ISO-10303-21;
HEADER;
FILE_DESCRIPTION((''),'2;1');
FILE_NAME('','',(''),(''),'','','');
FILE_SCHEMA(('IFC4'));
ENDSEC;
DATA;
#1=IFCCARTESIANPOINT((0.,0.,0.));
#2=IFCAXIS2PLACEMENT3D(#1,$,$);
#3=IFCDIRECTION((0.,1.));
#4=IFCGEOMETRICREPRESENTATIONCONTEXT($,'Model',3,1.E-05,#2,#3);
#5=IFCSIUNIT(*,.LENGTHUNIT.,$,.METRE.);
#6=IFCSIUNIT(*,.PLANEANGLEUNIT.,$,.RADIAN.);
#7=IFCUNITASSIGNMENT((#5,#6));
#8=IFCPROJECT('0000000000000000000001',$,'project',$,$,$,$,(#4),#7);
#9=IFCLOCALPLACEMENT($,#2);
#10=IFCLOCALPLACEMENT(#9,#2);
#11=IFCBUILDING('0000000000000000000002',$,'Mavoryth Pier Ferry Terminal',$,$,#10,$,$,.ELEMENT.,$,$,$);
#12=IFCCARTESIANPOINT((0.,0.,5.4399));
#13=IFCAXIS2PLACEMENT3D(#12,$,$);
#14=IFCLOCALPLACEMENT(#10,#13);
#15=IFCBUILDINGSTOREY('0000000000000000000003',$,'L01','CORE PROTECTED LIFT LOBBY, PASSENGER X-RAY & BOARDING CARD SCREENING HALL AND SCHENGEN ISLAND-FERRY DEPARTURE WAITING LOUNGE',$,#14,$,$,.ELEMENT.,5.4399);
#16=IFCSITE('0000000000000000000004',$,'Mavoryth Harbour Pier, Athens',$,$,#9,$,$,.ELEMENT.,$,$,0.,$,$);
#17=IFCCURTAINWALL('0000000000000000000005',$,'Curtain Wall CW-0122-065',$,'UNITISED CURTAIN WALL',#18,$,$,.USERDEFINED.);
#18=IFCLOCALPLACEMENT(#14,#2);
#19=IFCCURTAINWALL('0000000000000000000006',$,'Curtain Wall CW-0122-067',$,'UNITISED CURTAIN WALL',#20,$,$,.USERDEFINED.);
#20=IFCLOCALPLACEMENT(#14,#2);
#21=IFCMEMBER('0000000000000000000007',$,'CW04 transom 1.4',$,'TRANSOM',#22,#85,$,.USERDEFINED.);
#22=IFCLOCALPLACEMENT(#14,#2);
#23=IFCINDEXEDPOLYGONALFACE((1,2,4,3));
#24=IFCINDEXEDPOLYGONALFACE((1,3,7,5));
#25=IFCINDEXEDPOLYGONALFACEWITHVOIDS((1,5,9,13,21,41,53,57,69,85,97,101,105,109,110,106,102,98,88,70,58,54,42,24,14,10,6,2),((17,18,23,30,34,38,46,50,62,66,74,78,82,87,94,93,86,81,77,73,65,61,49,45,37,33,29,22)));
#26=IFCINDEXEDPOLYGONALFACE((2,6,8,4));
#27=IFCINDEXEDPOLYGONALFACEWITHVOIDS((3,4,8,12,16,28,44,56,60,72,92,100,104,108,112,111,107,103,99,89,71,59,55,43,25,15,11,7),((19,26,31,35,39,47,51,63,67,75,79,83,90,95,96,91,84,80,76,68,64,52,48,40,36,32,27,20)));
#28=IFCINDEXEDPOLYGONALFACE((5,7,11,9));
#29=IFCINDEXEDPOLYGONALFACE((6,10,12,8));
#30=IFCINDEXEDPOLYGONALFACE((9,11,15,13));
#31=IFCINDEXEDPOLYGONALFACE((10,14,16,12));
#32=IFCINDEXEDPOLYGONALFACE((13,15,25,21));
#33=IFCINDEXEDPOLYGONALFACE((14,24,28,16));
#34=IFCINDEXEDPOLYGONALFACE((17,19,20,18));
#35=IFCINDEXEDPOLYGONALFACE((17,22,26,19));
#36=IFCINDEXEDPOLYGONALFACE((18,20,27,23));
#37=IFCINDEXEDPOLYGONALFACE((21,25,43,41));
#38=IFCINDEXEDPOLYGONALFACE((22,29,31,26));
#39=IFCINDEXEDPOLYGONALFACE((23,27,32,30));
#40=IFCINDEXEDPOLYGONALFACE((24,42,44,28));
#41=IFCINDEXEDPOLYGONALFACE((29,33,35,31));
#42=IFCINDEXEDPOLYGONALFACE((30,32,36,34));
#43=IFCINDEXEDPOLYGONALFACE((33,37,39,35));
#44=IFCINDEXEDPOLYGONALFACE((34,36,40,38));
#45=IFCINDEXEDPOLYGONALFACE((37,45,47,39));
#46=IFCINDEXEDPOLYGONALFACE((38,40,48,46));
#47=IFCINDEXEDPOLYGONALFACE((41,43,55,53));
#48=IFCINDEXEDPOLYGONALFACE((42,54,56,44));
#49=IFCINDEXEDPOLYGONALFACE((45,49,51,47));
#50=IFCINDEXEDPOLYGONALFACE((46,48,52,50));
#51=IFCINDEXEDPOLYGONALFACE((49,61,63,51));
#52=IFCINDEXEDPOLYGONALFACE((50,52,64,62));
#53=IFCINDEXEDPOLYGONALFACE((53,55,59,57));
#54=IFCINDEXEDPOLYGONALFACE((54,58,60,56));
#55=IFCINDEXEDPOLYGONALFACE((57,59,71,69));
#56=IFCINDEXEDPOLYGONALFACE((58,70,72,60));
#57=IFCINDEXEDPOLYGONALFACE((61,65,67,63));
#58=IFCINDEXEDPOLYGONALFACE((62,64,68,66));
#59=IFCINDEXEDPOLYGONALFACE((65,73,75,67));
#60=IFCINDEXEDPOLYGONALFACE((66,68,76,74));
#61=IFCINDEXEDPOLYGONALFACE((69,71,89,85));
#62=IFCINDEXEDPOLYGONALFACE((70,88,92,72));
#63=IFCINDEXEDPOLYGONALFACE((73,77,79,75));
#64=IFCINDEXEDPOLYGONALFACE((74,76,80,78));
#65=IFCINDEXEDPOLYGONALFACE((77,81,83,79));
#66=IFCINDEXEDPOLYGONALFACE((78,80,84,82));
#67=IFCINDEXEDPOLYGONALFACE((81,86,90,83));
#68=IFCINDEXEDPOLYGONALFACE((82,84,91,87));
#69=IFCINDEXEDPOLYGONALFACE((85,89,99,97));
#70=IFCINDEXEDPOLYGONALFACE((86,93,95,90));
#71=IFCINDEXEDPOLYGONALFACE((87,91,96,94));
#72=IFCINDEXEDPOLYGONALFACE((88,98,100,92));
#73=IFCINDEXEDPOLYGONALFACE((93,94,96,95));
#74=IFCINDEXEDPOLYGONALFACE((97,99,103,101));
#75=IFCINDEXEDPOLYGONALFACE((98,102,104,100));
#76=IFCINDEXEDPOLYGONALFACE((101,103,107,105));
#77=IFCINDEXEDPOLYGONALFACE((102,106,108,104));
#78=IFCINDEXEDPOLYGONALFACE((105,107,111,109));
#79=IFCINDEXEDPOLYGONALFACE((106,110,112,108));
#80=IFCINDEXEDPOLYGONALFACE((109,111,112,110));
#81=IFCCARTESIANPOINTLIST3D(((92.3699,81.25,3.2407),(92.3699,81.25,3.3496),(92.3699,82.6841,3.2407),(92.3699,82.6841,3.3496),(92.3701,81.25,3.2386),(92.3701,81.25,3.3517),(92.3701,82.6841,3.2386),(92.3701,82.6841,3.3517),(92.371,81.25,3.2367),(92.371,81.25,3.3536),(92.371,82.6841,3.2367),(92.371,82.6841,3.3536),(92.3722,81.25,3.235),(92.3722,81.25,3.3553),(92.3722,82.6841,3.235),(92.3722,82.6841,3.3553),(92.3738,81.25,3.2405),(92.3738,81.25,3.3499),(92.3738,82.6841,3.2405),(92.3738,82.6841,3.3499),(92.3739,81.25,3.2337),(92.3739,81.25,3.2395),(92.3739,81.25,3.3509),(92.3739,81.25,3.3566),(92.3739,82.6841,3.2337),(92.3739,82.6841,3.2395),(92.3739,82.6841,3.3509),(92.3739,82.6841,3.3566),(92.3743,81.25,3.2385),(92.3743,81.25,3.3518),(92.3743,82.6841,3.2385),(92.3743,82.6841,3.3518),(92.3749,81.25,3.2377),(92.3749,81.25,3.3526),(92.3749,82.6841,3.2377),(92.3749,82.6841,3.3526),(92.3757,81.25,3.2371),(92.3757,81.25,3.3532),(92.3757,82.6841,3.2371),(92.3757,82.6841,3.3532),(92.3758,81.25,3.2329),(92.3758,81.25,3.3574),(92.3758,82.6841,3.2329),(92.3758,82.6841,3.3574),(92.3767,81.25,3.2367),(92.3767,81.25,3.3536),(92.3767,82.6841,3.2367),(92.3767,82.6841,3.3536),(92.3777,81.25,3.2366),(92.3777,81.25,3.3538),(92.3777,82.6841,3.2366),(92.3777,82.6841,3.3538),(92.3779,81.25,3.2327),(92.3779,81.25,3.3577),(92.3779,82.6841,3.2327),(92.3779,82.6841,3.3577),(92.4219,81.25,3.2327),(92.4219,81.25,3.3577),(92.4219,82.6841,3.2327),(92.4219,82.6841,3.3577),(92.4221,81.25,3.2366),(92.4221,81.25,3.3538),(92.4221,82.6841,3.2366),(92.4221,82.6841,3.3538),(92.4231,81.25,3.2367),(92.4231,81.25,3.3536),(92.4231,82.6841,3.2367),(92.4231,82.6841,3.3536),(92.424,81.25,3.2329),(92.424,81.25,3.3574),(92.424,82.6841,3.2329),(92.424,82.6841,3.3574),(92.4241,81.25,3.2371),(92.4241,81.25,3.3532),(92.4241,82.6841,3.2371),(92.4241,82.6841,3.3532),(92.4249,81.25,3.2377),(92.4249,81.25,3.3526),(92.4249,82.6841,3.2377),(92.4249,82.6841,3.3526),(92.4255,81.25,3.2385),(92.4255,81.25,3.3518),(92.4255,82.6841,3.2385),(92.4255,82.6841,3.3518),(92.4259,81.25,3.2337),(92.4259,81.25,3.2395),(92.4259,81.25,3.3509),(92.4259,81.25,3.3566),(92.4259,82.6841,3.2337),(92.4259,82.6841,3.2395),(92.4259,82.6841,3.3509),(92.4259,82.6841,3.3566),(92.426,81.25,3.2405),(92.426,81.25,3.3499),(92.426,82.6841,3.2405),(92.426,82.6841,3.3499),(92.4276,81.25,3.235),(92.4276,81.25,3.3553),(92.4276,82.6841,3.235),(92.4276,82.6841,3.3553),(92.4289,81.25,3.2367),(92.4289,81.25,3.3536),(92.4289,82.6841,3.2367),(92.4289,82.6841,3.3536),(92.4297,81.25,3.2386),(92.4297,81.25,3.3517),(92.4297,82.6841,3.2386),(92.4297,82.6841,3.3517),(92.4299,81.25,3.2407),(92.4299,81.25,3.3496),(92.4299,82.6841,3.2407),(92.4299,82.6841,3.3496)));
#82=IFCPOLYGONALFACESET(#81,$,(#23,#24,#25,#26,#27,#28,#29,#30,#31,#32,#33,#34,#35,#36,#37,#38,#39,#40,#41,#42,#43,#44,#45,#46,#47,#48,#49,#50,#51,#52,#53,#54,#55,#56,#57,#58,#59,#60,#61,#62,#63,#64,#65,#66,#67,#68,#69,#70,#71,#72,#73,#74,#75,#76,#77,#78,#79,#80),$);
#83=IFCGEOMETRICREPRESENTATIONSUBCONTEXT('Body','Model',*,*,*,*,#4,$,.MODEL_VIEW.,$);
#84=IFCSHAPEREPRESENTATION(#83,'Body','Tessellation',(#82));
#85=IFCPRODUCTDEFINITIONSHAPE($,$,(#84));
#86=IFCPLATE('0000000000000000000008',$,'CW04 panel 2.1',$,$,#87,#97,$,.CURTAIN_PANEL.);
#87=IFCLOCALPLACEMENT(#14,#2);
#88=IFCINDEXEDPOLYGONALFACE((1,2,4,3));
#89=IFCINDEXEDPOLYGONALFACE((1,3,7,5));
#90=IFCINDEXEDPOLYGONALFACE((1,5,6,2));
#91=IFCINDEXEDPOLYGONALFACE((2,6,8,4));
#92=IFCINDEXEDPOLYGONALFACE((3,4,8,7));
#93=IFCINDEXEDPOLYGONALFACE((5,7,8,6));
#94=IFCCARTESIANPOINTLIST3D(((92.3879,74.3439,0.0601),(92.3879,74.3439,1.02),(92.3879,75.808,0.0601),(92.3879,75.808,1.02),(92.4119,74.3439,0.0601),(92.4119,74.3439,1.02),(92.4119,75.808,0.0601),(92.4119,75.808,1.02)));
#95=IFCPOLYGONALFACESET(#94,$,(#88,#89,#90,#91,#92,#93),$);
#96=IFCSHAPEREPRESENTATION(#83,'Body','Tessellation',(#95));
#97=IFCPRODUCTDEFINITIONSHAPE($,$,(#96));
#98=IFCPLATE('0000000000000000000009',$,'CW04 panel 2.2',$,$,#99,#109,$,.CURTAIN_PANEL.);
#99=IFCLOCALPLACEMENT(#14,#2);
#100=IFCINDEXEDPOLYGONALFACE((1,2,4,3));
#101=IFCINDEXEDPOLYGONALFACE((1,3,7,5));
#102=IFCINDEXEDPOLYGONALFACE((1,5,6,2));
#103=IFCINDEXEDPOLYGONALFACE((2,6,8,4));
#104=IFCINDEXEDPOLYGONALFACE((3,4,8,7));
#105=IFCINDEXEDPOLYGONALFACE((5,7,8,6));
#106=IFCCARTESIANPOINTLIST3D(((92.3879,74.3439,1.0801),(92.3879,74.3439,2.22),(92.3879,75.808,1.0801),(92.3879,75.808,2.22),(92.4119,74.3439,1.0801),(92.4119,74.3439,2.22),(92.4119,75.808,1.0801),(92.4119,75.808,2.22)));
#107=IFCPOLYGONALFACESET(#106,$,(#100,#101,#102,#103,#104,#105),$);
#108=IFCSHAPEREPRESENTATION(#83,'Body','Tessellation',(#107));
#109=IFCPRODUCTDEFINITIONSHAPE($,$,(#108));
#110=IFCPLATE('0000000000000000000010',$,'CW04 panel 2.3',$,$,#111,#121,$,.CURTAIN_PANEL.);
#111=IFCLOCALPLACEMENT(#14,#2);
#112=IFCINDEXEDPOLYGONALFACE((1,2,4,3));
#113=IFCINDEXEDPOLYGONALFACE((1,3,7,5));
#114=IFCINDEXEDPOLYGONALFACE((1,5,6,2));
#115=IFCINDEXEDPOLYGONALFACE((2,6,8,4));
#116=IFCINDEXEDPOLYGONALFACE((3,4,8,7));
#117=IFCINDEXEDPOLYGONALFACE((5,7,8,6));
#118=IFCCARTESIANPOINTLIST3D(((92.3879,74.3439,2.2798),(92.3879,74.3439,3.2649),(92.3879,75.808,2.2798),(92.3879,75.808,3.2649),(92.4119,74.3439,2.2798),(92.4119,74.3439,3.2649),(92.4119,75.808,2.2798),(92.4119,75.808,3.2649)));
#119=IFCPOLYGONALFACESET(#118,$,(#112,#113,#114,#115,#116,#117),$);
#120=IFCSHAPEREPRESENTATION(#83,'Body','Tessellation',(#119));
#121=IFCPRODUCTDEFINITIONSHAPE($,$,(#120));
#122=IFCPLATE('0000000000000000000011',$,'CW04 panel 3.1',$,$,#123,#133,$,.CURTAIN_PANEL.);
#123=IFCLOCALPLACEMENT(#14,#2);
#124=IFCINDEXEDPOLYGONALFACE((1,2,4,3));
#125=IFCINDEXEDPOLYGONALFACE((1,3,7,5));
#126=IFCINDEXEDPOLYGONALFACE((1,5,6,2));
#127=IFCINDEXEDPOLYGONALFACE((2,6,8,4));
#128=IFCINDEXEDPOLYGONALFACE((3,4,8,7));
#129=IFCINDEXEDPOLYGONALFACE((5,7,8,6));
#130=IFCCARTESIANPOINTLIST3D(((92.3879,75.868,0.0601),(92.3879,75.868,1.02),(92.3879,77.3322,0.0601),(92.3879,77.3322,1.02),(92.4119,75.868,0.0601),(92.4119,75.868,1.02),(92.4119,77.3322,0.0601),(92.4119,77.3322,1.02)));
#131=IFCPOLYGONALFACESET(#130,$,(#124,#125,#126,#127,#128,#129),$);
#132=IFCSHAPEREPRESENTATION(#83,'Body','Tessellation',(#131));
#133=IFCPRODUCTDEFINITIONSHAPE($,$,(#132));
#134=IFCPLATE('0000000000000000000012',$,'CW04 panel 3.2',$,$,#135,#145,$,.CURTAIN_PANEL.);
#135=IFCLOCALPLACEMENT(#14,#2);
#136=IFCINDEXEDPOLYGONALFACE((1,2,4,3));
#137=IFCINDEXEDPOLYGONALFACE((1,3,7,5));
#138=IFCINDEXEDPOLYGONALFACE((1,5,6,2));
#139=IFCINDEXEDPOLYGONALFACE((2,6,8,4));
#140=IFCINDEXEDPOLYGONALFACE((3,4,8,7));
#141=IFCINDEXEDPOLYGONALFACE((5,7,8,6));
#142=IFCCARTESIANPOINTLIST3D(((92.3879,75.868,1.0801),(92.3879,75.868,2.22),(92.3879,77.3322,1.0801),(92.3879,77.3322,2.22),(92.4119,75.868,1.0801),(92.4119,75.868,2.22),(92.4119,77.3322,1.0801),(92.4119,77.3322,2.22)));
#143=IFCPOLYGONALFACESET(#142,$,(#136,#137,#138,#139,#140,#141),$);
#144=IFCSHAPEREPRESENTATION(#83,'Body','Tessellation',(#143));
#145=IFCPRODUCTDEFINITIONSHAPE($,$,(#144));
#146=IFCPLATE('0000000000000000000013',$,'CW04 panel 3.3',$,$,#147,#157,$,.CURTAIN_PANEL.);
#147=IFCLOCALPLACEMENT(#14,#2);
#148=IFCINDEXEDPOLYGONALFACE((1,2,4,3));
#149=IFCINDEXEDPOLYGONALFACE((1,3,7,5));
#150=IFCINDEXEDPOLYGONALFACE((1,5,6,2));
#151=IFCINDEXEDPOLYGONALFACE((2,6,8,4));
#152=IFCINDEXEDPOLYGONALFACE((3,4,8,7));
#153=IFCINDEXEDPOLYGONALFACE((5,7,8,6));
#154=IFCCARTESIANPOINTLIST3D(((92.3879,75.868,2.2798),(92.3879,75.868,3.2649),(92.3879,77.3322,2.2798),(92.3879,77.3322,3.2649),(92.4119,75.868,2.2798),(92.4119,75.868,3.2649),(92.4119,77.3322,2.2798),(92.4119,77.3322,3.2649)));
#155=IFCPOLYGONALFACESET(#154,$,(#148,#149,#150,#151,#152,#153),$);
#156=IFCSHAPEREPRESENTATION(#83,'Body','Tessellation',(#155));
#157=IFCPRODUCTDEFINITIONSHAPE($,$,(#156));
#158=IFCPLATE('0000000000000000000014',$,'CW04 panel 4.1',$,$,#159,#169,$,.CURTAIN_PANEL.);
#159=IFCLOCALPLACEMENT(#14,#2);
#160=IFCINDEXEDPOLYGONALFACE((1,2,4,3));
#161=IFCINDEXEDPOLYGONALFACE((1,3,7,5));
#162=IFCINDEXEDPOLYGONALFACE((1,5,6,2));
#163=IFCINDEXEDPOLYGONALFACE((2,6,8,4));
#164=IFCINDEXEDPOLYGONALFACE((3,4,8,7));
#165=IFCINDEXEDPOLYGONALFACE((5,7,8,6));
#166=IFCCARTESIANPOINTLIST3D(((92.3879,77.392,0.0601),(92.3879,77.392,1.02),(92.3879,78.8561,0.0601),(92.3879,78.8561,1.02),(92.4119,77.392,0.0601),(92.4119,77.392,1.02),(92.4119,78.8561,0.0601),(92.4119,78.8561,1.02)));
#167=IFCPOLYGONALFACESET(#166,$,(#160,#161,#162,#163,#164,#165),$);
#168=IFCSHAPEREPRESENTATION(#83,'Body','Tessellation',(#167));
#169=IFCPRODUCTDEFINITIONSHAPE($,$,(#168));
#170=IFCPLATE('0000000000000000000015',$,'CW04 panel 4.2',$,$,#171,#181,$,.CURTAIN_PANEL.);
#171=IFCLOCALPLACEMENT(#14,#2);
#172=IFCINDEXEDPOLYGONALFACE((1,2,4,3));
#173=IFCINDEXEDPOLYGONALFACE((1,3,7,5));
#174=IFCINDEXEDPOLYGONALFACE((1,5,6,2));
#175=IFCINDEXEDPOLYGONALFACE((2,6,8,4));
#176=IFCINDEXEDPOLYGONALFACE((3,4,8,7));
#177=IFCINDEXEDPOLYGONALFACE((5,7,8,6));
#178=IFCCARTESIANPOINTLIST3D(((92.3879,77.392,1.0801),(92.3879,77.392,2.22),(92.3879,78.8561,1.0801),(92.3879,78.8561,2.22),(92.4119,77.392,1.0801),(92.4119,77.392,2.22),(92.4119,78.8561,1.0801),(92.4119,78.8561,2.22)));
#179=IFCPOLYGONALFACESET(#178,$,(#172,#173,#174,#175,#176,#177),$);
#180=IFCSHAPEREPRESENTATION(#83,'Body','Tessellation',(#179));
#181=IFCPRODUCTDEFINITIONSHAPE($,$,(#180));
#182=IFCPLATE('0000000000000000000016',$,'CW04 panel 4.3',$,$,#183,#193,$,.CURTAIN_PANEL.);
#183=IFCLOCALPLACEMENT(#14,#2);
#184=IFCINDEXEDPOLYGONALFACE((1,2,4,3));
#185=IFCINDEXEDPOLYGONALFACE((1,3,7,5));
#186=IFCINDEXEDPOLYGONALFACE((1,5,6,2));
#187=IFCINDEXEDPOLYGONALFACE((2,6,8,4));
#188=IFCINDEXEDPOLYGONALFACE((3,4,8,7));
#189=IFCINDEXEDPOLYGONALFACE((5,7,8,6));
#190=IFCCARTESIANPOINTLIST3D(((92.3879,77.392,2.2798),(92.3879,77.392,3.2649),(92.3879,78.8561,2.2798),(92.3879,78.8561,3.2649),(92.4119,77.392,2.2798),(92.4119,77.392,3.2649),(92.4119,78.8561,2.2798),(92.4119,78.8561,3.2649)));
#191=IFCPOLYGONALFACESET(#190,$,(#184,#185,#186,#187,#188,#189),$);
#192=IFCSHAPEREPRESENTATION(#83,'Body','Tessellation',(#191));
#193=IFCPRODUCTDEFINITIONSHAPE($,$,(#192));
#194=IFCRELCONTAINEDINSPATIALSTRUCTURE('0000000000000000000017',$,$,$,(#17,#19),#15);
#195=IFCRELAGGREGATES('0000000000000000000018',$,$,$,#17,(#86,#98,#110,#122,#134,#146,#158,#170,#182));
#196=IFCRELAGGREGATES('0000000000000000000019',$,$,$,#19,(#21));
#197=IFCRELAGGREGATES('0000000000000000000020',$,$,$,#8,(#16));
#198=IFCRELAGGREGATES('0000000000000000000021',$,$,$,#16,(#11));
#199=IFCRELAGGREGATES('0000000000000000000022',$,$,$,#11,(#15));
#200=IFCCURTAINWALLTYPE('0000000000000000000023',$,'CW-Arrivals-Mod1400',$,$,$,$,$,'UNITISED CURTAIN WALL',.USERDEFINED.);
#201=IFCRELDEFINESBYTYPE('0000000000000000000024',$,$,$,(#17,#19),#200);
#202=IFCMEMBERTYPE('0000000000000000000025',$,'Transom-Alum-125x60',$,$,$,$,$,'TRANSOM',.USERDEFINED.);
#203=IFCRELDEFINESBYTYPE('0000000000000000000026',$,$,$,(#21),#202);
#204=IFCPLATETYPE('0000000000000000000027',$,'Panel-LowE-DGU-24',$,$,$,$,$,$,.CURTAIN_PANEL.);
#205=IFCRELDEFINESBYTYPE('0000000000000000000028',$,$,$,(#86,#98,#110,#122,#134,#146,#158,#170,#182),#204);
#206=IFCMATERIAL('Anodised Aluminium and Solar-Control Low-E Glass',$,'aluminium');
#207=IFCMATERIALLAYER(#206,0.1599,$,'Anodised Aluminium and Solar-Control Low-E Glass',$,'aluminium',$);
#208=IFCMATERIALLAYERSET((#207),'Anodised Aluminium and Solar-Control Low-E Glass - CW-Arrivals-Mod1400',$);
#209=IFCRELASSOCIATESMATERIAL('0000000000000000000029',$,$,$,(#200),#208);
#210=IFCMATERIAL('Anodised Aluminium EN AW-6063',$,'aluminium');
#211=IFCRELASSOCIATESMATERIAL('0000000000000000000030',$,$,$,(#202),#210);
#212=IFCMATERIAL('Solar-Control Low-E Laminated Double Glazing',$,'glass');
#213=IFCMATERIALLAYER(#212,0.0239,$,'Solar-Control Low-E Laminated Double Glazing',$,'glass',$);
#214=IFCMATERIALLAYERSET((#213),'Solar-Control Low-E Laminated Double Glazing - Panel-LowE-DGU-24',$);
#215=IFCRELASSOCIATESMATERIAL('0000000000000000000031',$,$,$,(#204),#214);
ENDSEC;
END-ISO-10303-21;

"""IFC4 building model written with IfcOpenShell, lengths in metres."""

from ifc_helpers import new_model, si_unit, direction, frame, origin, origin_2d, place, context, subcontext, project, spatial, rectangle, hollow_rectangle, extrude, material, layer, layer_set, material_profile, profile_set, type_object, element, aggregate, save


model = new_model("IFC4")

# Units and contexts
model_context = context("Model", 3, precision=1e-05, world=origin(), true_north=direction((0.0, 1.0)))
body_context = subcontext(model_context, "Body", "Model", "MODEL_VIEW")
ifc_project = project(units=[si_unit("LENGTHUNIT", "METRE"), si_unit("PLANEANGLEUNIT", "RADIAN")], contexts=[model_context])

# Site, building, storey
site_placement = place(None, origin())
site = spatial("IfcSite", under=ifc_project, at=site_placement, Name="Mavoryth Harbour Pier, Athens", CompositionType="ELEMENT", RefElevation=0.0)
building_placement = place(site_placement, origin())
building = spatial("IfcBuilding", under=site, at=building_placement, Name="Mavoryth Pier Ferry Terminal", CompositionType="ELEMENT")
storey_placement = place(building_placement, frame((0.0, 0.0, 5.4399)))
storey = spatial("IfcBuildingStorey", under=building, at=storey_placement, Name="L01", Description="CORE PROTECTED LIFT LOBBY, PASSENGER X-RAY & BOARDING CARD SCREENING HALL AND SCHENGEN ISLAND-FERRY DEPARTURE WAITING LOUNGE", CompositionType="ELEMENT", Elevation=5.4399)

# Curtain wall
ifc_material_1 = material(Name="Anodised Aluminium and Solar-Control Low-E Glass", Category="aluminium")
ifc_layer_1 = layer(ifc_material_1, 0.1599, Name="Anodised Aluminium and Solar-Control Low-E Glass", Category="aluminium")
ifc_layer_set_1 = layer_set([ifc_layer_1], Name="Anodised Aluminium and Solar-Control Low-E Glass - CW-Arrivals-Mod1400")
curtain_wall_type = type_object("IfcCurtainWallType", Name="CW-Arrivals-Mod1400", ElementType="UNITISED CURTAIN WALL", PredefinedType="USERDEFINED", material=ifc_layer_set_1)
curtain_wall_1_placement = place(storey_placement, origin())
curtain_wall_1 = element("IfcCurtainWall", 1, at=curtain_wall_1_placement, inside=storey, type_object=curtain_wall_type, Name="Curtain Wall CW-0122-065", ObjectType="UNITISED CURTAIN WALL", PredefinedType="USERDEFINED")
ifc_material_2 = material(Name="Anodised Aluminium EN AW-6063", Category="aluminium")

# Curtain wall
curtain_wall_2_placement = place(storey_placement, origin())
curtain_wall_2 = element("IfcCurtainWall", 2, at=curtain_wall_2_placement, inside=storey, type_object=curtain_wall_type, Name="Curtain Wall CW-0122-067", ObjectType="UNITISED CURTAIN WALL", PredefinedType="USERDEFINED")

# Member
ifc_material_profile_1 = material_profile(ifc_material_2, hollow_rectangle(XDim=0.0601, YDim=0.125, WallThickness=0.0039, InnerFilletRadius=0.0039, OuterFilletRadius=0.0081, at=origin_2d()), Name="AL-TRAN 125x60x4", Category="aluminium")
ifc_profile_set_1 = profile_set([ifc_material_profile_1], Name="Anodised Aluminium EN AW-6063 - AL-TRAN 125x60x4")
member_type_1 = type_object("IfcMemberType", Name="Transom-Alum-125x60", ElementType="TRANSOM", PredefinedType="USERDEFINED", material=ifc_profile_set_1)
member_1_placement = place(storey_placement, frame((92.3999, 81.25, 3.2952), z_axis=(0.0, 1.0, 0.0), x_axis=(-1.0, 0.0, 0.0)))
member_1 = element("IfcMember", 3, at=member_1_placement, type_object=member_type_1, Name="CW04 transom 1.4", ObjectType="TRANSOM", PredefinedType="USERDEFINED", context=body_context, shape_type="SweptSolid", body=[
    extrude(hollow_rectangle(XDim=0.0601, YDim=0.125, WallThickness=0.0039, InnerFilletRadius=0.0039, OuterFilletRadius=0.0081, at=origin_2d()), origin(), (0.0, 0.0, 1.0), 1.4341),
])

# Plates
ifc_material_3 = material(Name="Solar-Control Low-E Laminated Double Glazing", Category="glass")
ifc_layer_2 = layer(ifc_material_3, 0.0239, Name="Solar-Control Low-E Laminated Double Glazing", Category="glass")
ifc_layer_set_2 = layer_set([ifc_layer_2], Name="Solar-Control Low-E Laminated Double Glazing - Panel-LowE-DGU-24")
plate_type = type_object("IfcPlateType", Name="Panel-LowE-DGU-24", PredefinedType="CURTAIN_PANEL", material=ifc_layer_set_2)
plate_1_placement = place(storey_placement, frame((92.3999, 75.0759, 0.0601), z_axis=(0.0, 0.0, 1.0), x_axis=(0.0, 1.0, 0.0)))
plate_1 = element("IfcPlate", 4, at=plate_1_placement, type_object=plate_type, Name="CW04 panel 2.1", PredefinedType="CURTAIN_PANEL", context=body_context, shape_type="SweptSolid", body=[
    extrude(rectangle(XDim=1.4641, YDim=0.0239, at=origin_2d()), origin(), (0.0, 0.0, 1.0), 0.96),
])
plate_2_placement = place(storey_placement, frame((92.3999, 75.0759, 1.0801), z_axis=(0.0, 0.0, 1.0), x_axis=(0.0, 1.0, 0.0)))
plate_2 = element("IfcPlate", 5, at=plate_2_placement, type_object=plate_type, Name="CW04 panel 2.2", PredefinedType="CURTAIN_PANEL", context=body_context, shape_type="SweptSolid", body=[
    extrude(rectangle(XDim=1.4641, YDim=0.0239, at=origin_2d()), origin(), (0.0, 0.0, 1.0), 1.1399),
])
plate_3_placement = place(storey_placement, frame((92.3999, 75.0759, 2.2798), z_axis=(0.0, 0.0, 1.0), x_axis=(0.0, 1.0, 0.0)))
plate_3 = element("IfcPlate", 6, at=plate_3_placement, type_object=plate_type, Name="CW04 panel 2.3", PredefinedType="CURTAIN_PANEL", context=body_context, shape_type="SweptSolid", body=[
    extrude(rectangle(XDim=1.4641, YDim=0.0239, at=origin_2d()), origin(), (0.0, 0.0, 1.0), 0.9851),
])
plate_4_placement = place(storey_placement, frame((92.3999, 76.6001, 0.0601), z_axis=(0.0, 0.0, 1.0), x_axis=(0.0, 1.0, 0.0)))
plate_4 = element("IfcPlate", 7, at=plate_4_placement, type_object=plate_type, Name="CW04 panel 3.1", PredefinedType="CURTAIN_PANEL", context=body_context, shape_type="SweptSolid", body=[
    extrude(rectangle(XDim=1.4641, YDim=0.0239, at=origin_2d()), origin(), (0.0, 0.0, 1.0), 0.96),
])
plate_5_placement = place(storey_placement, frame((92.3999, 76.6001, 1.0801), z_axis=(0.0, 0.0, 1.0), x_axis=(0.0, 1.0, 0.0)))
plate_5 = element("IfcPlate", 8, at=plate_5_placement, type_object=plate_type, Name="CW04 panel 3.2", PredefinedType="CURTAIN_PANEL", context=body_context, shape_type="SweptSolid", body=[
    extrude(rectangle(XDim=1.4641, YDim=0.0239, at=origin_2d()), origin(), (0.0, 0.0, 1.0), 1.1399),
])
plate_6_placement = place(storey_placement, frame((92.3999, 76.6001, 2.2798), z_axis=(0.0, 0.0, 1.0), x_axis=(0.0, 1.0, 0.0)))
plate_6 = element("IfcPlate", 9, at=plate_6_placement, type_object=plate_type, Name="CW04 panel 3.3", PredefinedType="CURTAIN_PANEL", context=body_context, shape_type="SweptSolid", body=[
    extrude(rectangle(XDim=1.4641, YDim=0.0239, at=origin_2d()), origin(), (0.0, 0.0, 1.0), 0.9851),
])
plate_7_placement = place(storey_placement, frame((92.3999, 78.124, 0.0601), z_axis=(0.0, 0.0, 1.0), x_axis=(0.0, 1.0, 0.0)))
plate_7 = element("IfcPlate", 10, at=plate_7_placement, type_object=plate_type, Name="CW04 panel 4.1", PredefinedType="CURTAIN_PANEL", context=body_context, shape_type="SweptSolid", body=[
    extrude(rectangle(XDim=1.4641, YDim=0.0239, at=origin_2d()), origin(), (0.0, 0.0, 1.0), 0.96),
])
plate_8_placement = place(storey_placement, frame((92.3999, 78.124, 1.0801), z_axis=(0.0, 0.0, 1.0), x_axis=(0.0, 1.0, 0.0)))
plate_8 = element("IfcPlate", 11, at=plate_8_placement, type_object=plate_type, Name="CW04 panel 4.2", PredefinedType="CURTAIN_PANEL", context=body_context, shape_type="SweptSolid", body=[
    extrude(rectangle(XDim=1.4641, YDim=0.0239, at=origin_2d()), origin(), (0.0, 0.0, 1.0), 1.1399),
])
plate_9_placement = place(storey_placement, frame((92.3999, 78.124, 2.2798), z_axis=(0.0, 0.0, 1.0), x_axis=(0.0, 1.0, 0.0)))
plate_9 = element("IfcPlate", 12, at=plate_9_placement, type_object=plate_type, Name="CW04 panel 4.3", PredefinedType="CURTAIN_PANEL", context=body_context, shape_type="SweptSolid", body=[
    extrude(rectangle(XDim=1.4641, YDim=0.0239, at=origin_2d()), origin(), (0.0, 0.0, 1.0), 0.9851),
])
aggregate(curtain_wall_1, [plate_1, plate_2, plate_3, plate_4, plate_5, plate_6, plate_7, plate_8, plate_9])
aggregate(curtain_wall_2, [member_1])

save(model, "model.ifc")
